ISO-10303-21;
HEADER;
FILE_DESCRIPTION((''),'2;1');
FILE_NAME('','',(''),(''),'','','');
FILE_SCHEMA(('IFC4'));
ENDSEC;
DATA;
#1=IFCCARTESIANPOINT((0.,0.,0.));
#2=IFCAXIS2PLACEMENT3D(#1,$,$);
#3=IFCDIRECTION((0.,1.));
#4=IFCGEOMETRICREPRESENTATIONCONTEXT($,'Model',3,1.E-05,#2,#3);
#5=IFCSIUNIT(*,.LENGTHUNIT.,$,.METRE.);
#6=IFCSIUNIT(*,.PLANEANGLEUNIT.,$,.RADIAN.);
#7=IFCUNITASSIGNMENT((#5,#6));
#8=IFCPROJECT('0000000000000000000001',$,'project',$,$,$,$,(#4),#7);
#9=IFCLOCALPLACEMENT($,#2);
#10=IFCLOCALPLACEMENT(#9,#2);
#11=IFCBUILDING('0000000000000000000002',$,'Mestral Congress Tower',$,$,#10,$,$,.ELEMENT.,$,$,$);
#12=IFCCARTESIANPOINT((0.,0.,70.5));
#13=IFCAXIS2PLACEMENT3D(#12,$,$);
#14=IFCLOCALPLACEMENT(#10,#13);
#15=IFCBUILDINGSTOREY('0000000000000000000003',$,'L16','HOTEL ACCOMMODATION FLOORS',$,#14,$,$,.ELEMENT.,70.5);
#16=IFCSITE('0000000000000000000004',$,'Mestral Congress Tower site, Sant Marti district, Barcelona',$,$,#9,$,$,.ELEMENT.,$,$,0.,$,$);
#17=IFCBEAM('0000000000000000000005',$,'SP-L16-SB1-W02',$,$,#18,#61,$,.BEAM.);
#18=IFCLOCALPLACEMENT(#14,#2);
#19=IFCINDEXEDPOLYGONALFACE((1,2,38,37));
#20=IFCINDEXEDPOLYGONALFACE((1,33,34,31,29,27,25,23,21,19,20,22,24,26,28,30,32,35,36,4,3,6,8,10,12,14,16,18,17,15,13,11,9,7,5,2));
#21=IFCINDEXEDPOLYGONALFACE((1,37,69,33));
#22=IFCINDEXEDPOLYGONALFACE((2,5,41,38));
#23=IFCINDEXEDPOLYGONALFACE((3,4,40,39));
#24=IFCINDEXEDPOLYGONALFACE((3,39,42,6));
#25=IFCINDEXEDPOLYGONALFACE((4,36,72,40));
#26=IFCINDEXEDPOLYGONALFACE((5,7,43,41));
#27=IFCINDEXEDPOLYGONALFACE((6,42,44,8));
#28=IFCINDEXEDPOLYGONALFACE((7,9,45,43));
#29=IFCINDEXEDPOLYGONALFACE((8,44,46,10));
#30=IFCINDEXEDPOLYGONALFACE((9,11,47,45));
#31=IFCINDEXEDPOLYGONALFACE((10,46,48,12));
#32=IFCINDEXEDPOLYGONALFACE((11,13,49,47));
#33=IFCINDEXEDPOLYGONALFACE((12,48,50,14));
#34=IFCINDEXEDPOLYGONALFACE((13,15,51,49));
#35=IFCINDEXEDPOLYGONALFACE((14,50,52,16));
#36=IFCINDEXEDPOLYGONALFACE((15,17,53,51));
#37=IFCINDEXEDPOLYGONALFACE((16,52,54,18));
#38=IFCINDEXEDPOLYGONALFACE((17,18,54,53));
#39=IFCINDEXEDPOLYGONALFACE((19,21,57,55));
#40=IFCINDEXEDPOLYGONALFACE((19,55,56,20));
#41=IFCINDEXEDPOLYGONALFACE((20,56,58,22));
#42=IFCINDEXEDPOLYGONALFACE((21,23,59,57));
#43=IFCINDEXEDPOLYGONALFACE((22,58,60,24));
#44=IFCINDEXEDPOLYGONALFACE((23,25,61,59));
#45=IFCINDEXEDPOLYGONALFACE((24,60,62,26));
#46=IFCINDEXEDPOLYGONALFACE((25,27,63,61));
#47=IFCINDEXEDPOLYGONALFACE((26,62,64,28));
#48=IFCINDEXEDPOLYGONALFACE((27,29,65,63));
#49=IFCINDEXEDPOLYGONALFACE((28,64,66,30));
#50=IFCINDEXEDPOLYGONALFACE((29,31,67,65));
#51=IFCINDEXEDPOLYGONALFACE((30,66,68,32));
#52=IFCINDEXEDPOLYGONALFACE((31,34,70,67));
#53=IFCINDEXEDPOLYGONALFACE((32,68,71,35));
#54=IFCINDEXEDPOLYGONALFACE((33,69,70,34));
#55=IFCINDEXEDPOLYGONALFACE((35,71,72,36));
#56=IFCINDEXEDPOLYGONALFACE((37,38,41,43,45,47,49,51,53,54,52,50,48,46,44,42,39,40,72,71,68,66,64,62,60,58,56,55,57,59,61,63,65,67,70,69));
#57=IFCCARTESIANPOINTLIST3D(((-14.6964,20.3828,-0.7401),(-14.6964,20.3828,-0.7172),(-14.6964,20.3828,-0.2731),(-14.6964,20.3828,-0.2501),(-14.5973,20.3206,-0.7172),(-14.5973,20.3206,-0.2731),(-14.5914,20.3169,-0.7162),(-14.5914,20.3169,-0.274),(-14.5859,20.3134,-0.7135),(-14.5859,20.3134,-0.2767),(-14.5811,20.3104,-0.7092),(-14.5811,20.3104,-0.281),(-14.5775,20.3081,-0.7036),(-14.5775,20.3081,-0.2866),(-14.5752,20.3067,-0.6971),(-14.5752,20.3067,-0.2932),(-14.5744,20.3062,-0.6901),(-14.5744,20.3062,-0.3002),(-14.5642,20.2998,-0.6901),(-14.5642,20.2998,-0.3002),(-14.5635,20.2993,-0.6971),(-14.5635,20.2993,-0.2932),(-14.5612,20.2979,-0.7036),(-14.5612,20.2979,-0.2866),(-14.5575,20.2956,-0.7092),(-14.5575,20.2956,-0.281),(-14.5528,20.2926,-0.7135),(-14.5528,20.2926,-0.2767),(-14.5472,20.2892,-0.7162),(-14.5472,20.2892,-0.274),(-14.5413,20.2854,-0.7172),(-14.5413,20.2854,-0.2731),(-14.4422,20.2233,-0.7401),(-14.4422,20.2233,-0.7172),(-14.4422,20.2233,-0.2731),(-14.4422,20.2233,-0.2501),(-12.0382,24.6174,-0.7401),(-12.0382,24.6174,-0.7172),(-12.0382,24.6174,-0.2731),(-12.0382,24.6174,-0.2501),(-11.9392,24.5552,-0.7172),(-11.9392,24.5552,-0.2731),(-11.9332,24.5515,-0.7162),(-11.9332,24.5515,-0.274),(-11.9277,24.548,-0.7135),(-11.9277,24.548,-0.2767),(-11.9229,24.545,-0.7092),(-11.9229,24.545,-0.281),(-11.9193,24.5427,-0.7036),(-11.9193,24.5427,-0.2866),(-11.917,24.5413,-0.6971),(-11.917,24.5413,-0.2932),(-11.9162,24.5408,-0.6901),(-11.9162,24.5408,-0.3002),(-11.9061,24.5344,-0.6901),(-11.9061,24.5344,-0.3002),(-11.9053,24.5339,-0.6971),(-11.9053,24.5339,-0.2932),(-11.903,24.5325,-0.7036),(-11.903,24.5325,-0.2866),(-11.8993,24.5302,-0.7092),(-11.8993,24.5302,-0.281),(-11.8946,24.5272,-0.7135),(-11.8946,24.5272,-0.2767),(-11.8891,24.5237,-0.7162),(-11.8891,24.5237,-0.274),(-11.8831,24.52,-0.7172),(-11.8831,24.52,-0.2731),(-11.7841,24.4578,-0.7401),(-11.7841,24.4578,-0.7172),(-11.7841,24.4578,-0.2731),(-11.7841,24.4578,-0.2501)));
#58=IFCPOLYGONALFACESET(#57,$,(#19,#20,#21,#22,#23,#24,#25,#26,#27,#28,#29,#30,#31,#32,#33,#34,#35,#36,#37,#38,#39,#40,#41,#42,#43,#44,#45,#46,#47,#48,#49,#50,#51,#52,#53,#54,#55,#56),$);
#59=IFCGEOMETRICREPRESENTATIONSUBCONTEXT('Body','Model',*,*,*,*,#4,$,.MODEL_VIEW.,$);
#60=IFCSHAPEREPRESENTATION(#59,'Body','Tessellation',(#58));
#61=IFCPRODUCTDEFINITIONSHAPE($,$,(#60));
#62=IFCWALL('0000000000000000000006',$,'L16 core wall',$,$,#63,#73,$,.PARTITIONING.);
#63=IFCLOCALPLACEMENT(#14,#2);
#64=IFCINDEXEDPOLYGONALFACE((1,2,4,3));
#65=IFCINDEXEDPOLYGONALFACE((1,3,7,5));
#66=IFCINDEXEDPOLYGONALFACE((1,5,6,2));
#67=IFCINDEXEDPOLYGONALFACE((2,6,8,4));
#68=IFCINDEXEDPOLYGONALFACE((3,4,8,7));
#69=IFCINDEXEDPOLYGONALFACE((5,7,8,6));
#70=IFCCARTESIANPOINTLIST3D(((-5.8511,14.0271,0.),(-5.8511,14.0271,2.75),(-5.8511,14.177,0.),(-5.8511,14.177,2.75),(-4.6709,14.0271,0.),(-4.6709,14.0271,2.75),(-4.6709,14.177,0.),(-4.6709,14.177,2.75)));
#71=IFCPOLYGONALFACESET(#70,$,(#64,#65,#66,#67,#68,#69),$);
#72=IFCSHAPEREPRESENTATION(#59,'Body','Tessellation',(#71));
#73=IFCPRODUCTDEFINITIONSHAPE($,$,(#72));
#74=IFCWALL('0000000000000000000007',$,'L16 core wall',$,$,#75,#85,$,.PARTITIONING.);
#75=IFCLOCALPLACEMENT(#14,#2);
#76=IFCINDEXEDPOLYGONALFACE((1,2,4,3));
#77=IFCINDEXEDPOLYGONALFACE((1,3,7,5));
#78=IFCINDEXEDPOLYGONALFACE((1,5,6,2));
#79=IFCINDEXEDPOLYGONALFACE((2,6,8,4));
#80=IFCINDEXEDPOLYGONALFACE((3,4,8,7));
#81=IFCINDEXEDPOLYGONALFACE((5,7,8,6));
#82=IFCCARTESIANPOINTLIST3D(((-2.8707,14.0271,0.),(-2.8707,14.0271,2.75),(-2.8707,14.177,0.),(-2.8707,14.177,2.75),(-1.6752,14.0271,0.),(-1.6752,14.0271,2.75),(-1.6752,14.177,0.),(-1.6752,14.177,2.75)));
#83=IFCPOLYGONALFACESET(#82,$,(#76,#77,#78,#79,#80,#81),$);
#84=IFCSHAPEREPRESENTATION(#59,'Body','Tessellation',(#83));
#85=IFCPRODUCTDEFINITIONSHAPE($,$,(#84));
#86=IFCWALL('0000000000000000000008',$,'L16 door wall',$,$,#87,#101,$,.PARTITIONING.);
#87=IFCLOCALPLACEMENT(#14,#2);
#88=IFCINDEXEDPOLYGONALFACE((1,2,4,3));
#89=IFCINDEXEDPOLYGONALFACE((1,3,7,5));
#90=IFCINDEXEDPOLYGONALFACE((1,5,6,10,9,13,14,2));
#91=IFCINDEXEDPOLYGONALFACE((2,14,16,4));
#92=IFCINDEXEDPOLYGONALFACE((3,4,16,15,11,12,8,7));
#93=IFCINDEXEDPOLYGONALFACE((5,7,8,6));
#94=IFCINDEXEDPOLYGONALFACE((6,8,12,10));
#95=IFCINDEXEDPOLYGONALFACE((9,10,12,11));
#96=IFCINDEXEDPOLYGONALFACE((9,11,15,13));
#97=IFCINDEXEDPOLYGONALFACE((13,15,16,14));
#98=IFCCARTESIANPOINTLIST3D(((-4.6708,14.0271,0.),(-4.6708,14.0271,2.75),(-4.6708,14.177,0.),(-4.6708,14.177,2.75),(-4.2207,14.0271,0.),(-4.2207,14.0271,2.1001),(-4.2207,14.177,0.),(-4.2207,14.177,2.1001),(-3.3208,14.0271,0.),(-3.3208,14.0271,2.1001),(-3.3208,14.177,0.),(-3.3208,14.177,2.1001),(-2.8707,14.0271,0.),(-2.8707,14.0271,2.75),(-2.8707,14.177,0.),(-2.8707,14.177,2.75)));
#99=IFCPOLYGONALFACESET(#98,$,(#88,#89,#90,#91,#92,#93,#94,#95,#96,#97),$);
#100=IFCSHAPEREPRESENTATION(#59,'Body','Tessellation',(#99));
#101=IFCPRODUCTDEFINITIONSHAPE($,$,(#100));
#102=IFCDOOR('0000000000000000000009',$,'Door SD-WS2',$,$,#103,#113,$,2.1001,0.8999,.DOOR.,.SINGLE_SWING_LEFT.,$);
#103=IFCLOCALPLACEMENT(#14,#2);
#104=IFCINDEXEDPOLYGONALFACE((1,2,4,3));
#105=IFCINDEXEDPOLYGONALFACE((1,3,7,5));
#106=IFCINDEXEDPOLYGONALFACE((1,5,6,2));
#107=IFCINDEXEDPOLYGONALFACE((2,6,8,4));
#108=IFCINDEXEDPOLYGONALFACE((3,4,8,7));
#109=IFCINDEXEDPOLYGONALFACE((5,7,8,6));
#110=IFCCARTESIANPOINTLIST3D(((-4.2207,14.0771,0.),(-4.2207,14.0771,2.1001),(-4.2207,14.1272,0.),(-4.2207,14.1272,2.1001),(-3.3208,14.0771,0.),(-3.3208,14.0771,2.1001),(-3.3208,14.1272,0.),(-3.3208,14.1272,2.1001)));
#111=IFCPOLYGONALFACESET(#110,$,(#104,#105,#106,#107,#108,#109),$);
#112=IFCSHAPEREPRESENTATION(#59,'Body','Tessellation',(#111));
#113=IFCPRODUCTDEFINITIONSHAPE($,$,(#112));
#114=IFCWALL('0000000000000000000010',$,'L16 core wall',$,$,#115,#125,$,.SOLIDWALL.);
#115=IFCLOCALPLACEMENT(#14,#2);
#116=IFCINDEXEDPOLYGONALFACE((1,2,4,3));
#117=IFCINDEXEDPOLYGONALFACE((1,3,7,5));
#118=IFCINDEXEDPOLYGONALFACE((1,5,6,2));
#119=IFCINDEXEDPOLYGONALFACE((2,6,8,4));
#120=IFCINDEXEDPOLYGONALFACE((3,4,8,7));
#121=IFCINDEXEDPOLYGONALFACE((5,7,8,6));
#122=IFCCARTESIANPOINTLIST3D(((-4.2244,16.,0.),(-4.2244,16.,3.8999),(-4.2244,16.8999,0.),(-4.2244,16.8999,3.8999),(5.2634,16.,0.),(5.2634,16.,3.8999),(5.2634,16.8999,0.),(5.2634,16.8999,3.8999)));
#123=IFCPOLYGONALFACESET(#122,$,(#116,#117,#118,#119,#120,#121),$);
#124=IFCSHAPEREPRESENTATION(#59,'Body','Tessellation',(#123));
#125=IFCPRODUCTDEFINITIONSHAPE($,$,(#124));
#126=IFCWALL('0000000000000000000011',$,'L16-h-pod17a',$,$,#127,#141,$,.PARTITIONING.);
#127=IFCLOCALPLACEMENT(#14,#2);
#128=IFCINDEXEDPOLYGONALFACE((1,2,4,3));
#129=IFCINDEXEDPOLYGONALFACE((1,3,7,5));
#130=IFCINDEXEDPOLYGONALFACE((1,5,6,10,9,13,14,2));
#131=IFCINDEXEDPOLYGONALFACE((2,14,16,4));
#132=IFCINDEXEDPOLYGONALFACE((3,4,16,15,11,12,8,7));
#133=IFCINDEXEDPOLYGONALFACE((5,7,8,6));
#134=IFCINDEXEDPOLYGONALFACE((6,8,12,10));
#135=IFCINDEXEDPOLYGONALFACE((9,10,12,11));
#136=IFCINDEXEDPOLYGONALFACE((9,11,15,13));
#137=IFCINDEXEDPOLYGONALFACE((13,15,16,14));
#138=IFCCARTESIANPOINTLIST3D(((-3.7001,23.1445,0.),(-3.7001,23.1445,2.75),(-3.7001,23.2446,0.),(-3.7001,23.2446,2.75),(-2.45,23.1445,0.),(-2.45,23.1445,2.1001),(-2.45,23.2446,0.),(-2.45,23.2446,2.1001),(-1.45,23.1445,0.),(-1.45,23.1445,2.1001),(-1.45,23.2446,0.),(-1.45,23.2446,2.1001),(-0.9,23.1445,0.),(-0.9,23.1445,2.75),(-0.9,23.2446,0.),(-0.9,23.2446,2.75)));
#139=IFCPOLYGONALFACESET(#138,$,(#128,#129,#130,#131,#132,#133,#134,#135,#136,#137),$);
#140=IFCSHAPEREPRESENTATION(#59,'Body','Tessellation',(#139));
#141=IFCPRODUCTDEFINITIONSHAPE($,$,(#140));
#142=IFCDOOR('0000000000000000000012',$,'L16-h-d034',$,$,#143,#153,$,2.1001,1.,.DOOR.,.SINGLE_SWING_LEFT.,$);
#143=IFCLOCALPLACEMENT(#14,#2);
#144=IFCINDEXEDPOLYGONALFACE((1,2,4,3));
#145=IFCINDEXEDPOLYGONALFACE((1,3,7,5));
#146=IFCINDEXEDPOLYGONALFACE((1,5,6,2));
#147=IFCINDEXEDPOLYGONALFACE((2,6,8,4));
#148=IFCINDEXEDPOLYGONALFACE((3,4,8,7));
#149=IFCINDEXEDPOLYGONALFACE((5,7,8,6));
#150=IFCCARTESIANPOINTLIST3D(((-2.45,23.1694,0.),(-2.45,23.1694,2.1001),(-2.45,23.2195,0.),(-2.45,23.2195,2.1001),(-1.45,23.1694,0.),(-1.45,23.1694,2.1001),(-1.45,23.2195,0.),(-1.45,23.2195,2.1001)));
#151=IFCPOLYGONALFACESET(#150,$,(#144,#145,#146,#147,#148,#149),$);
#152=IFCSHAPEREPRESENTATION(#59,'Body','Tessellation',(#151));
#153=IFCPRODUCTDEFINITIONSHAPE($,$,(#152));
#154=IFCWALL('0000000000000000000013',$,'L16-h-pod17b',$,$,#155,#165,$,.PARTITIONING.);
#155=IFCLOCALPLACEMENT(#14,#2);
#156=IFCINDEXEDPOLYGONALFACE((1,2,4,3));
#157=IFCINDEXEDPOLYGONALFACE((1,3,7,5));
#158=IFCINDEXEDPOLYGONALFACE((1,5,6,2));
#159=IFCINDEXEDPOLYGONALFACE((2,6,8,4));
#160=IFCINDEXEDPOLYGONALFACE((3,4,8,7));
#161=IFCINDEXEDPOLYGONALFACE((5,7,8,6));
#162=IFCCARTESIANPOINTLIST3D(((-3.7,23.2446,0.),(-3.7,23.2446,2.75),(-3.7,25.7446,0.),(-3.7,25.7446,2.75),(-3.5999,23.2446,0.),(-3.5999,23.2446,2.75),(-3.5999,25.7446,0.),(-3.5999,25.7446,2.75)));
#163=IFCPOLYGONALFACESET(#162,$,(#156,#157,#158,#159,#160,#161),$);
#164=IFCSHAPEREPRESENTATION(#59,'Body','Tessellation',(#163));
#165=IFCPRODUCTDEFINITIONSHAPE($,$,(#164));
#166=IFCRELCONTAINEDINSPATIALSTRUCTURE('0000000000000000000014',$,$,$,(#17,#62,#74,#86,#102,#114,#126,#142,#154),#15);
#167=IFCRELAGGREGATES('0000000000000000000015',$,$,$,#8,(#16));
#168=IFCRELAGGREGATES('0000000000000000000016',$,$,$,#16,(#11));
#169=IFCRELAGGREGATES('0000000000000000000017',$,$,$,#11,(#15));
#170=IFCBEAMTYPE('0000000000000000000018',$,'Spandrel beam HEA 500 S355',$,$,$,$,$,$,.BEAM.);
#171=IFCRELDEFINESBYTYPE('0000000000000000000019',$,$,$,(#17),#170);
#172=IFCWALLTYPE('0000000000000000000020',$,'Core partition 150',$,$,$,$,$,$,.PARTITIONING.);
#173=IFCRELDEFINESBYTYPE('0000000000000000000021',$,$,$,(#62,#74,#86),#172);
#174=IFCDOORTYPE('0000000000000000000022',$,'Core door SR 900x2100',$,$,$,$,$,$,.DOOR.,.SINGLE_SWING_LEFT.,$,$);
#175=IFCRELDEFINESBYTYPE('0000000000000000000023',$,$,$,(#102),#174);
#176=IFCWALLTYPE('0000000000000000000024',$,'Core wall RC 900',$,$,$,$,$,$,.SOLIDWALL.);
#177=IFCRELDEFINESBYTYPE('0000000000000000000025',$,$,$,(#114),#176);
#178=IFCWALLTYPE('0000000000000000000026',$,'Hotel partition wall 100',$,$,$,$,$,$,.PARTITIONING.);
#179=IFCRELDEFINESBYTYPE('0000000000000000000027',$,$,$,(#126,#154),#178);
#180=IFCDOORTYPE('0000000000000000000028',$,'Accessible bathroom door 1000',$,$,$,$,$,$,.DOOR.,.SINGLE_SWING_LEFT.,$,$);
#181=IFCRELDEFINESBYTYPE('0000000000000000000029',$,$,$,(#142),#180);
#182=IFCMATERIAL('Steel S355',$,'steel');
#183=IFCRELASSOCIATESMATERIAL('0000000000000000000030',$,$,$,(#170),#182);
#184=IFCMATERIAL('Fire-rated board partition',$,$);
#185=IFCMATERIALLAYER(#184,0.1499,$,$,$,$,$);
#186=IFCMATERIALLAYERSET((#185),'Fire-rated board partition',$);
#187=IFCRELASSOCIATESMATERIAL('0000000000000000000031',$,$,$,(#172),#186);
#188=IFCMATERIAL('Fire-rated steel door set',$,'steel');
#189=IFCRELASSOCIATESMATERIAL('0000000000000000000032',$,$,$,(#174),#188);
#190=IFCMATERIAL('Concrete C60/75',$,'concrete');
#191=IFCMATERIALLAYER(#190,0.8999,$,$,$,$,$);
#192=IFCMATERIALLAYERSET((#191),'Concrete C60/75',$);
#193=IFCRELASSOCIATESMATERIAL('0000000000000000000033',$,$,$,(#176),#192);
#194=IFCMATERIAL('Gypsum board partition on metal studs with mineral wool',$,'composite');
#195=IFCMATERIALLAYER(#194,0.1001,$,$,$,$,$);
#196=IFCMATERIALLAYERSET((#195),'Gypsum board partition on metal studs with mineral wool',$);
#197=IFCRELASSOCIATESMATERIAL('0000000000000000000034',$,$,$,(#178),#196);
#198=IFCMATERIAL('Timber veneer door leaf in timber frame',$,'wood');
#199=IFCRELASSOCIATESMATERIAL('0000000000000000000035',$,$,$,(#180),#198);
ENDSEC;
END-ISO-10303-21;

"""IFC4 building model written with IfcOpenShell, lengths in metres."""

from ifc_helpers import new_model, si_unit, direction, frame, frame_2d, origin, origin_2d, place, context, subcontext, project, spatial, rectangle, i_section, extrude, material, layer, layer_set, material_profile, profile_set, type_object, element, fill, save


model = new_model("IFC4")

# Units and contexts
model_context = context("Model", 3, precision=1e-05, world=origin(), true_north=direction((0.0, 1.0)))
body_context = subcontext(model_context, "Body", "Model", "MODEL_VIEW")
ifc_project = project(units=[si_unit("LENGTHUNIT", "METRE"), si_unit("PLANEANGLEUNIT", "RADIAN")], contexts=[model_context])

# Site, building, storey
site_placement = place(None, origin())
site = spatial("IfcSite", under=ifc_project, at=site_placement, Name="Mestral Congress Tower site, Sant Marti district, Barcelona", CompositionType="ELEMENT", RefElevation=0.0)
building_placement = place(site_placement, origin())
building = spatial("IfcBuilding", under=site, at=building_placement, Name="Mestral Congress Tower", CompositionType="ELEMENT")
storey_placement = place(building_placement, frame((0.0, 0.0, 70.5)))
storey = spatial("IfcBuildingStorey", under=building, at=storey_placement, Name="L16", Description="HOTEL ACCOMMODATION FLOORS", CompositionType="ELEMENT", Elevation=70.5)

# Beam
ifc_material_1 = material(Name="Steel S355", Category="steel")
ifc_material_profile = material_profile(ifc_material_1, i_section(OverallWidth=0.3, OverallDepth=0.49, WebThickness=0.012, FlangeThickness=0.0229, FilletRadius=0.0271, at=origin_2d()), Name="HEA 500")
ifc_profile_set = profile_set([ifc_material_profile], Name="Steel S355")
beam_type = type_object("IfcBeamType", Name="Spandrel beam HEA 500 S355", PredefinedType="BEAM", material=ifc_profile_set)
beam_placement = place(storey_placement, frame((-11.9111, 24.5376, -0.4951), z_axis=(-0.531661, -0.846957, 0.0), x_axis=(0.846957, -0.531661, 0.0)))
element("IfcBeam", 1, at=beam_placement, inside=storey, type_object=beam_type, Name="SP-L16-SB1-W02", PredefinedType="BEAM", context=body_context, shape_type="SweptSolid", body=[
    extrude(i_section(OverallWidth=0.3, OverallDepth=0.49, WebThickness=0.012, FlangeThickness=0.0229, FilletRadius=0.0271, at=origin_2d()), origin(), (0.0, 0.0, 1.0), 4.9998),
])

# Walls
ifc_material_2 = material(Name="Fire-rated board partition")
ifc_layer_1 = layer(ifc_material_2, 0.1499)
ifc_layer_set_1 = layer_set([ifc_layer_1], Name="Fire-rated board partition")
wall_type_1 = type_object("IfcWallType", Name="Core partition 150", PredefinedType="PARTITIONING", material=ifc_layer_set_1)
wall_1_placement = place(storey_placement, frame((-5.8511, 14.1021, 0.0), z_axis=(0.0, 0.0, 1.0), x_axis=(1.0, 0.0, 0.0)))
element("IfcWall", 2, at=wall_1_placement, inside=storey, type_object=wall_type_1, Name="L16 core wall", PredefinedType="PARTITIONING", context=body_context, shape_type="SweptSolid", body=[
    extrude(rectangle(XDim=1.1802, YDim=0.1499, at=frame_2d((0.5901, 0.0))), origin(), (0.0, 0.0, 1.0), 2.75),
])
wall_2_placement = place(storey_placement, frame((-2.8706, 14.1021, 0.0), z_axis=(0.0, 0.0, 1.0), x_axis=(1.0, 0.0, 0.0)))
element("IfcWall", 3, at=wall_2_placement, inside=storey, type_object=wall_type_1, Name="L16 core wall", PredefinedType="PARTITIONING", context=body_context, shape_type="SweptSolid", body=[
    extrude(rectangle(XDim=1.1956, YDim=0.1499, at=frame_2d((0.5977, 0.0))), origin(), (0.0, 0.0, 1.0), 2.75),
])

# Wall, opening, door
wall_3_placement = place(storey_placement, frame((-2.8708, 14.1021, 0.0), z_axis=(0.0, 0.0, 1.0), x_axis=(-1.0, 0.0, 0.0)))
wall_3 = element("IfcWall", 4, at=wall_3_placement, inside=storey, type_object=wall_type_1, Name="L16 door wall", PredefinedType="PARTITIONING", context=body_context, shape_type="SweptSolid", body=[
    extrude(rectangle(XDim=1.8, YDim=0.1499, at=frame_2d((0.8999, 0.0))), origin(), (0.0, 0.0, 1.0), 2.75),
])
opening_1_placement = place(wall_3_placement, frame((0.45, 0.0, 0.0)))
opening_1 = element("IfcOpeningElement", 5, at=opening_1_placement, cuts=wall_3, PredefinedType="OPENING", context=body_context, shape_type="SweptSolid", body=[
    extrude(rectangle(XDim=0.8999, YDim=2.1001, at=frame_2d((0.45, 1.05))), frame((0.0, 0.085, 0.0), z_axis=(0.0, -1.0, 0.0), x_axis=(1.0, 0.0, 0.0)), (0.0, 0.0, 1.0), 0.1699),
])
ifc_material_3 = material(Name="Fire-rated steel door set", Category="steel")
door_type_1 = type_object("IfcDoorType", Name="Core door SR 900x2100", OperationType="SINGLE_SWING_LEFT", PredefinedType="DOOR", material=ifc_material_3)
door_1_placement = place(opening_1_placement, origin())
door_1 = element("IfcDoor", 6, at=door_1_placement, inside=storey, type_object=door_type_1, Name="Door SD-WS2", OperationType="SINGLE_SWING_LEFT", OverallHeight=2.1001, OverallWidth=0.8999, PredefinedType="DOOR", context=body_context, shape_type="SweptSolid", body=[
    extrude(rectangle(XDim=0.8999, YDim=2.1001, at=frame_2d((0.45, 1.05))), frame((0.0, 0.0249, 0.0), z_axis=(0.0, -1.0, 0.0), x_axis=(1.0, 0.0, 0.0)), (0.0, 0.0, 1.0), 0.05),
])
fill(opening_1, door_1)

# Wall
ifc_material_4 = material(Name="Concrete C60/75", Category="concrete")
ifc_layer_2 = layer(ifc_material_4, 0.8999)
ifc_layer_set_2 = layer_set([ifc_layer_2], Name="Concrete C60/75")
wall_type_2 = type_object("IfcWallType", Name="Core wall RC 900", PredefinedType="SOLIDWALL", material=ifc_layer_set_2)
wall_4_placement = place(storey_placement, frame((-4.2244, 16.45, 0.0), z_axis=(0.0, 0.0, 1.0), x_axis=(1.0, 0.0, 0.0)))
element("IfcWall", 7, at=wall_4_placement, inside=storey, type_object=wall_type_2, Name="L16 core wall", PredefinedType="SOLIDWALL", context=body_context, shape_type="SweptSolid", body=[
    extrude(rectangle(XDim=9.4878, YDim=0.8999, at=frame_2d((4.7439, 0.0))), origin(), (0.0, 0.0, 1.0), 3.8999),
])

# Wall, opening, door
ifc_material_5 = material(Name="Gypsum board partition on metal studs with mineral wool", Category="composite")
ifc_layer_3 = layer(ifc_material_5, 0.1001)
ifc_layer_set_3 = layer_set([ifc_layer_3], Name="Gypsum board partition on metal studs with mineral wool")
wall_type_3 = type_object("IfcWallType", Name="Hotel partition wall 100", PredefinedType="PARTITIONING", material=ifc_layer_set_3)
wall_5_placement = place(storey_placement, frame((-3.7, 23.1946, 0.0), z_axis=(0.0, 0.0, 1.0), x_axis=(1.0, 0.0, 0.0)))
wall_5 = element("IfcWall", 8, at=wall_5_placement, inside=storey, type_object=wall_type_3, Name="L16-h-pod17a", PredefinedType="PARTITIONING", context=body_context, shape_type="SweptSolid", body=[
    extrude(rectangle(XDim=2.8, YDim=0.1001, at=frame_2d((1.3999, 0.0))), origin(), (0.0, 0.0, 1.0), 2.75),
])
opening_2_placement = place(wall_5_placement, frame((1.25, 0.0, 0.0)))
opening_2 = element("IfcOpeningElement", 9, at=opening_2_placement, cuts=wall_5, PredefinedType="OPENING", context=body_context, shape_type="SweptSolid", body=[
    extrude(rectangle(XDim=1.0, YDim=2.1001, at=frame_2d((0.5, 1.05))), frame((0.0, 0.0601, 0.0), z_axis=(0.0, -1.0, 0.0), x_axis=(1.0, 0.0, 0.0)), (0.0, 0.0, 1.0), 0.1201),
])
ifc_material_6 = material(Name="Timber veneer door leaf in timber frame", Category="wood")
door_type_2 = type_object("IfcDoorType", Name="Accessible bathroom door 1000", OperationType="SINGLE_SWING_LEFT", PredefinedType="DOOR", material=ifc_material_6)
door_2_placement = place(opening_2_placement, origin())
door_2 = element("IfcDoor", 10, at=door_2_placement, inside=storey, type_object=door_type_2, Name="L16-h-d034", OperationType="SINGLE_SWING_LEFT", OverallHeight=2.1001, OverallWidth=1.0, PredefinedType="DOOR", context=body_context, shape_type="SweptSolid", body=[
    extrude(rectangle(XDim=1.0, YDim=2.1001, at=frame_2d((0.5, 1.05))), frame((0.0, 0.0249, 0.0), z_axis=(0.0, -1.0, 0.0), x_axis=(1.0, 0.0, 0.0)), (0.0, 0.0, 1.0), 0.05),
])
fill(opening_2, door_2)

# Wall
wall_6_placement = place(storey_placement, frame((-3.6499, 23.2446, 0.0), z_axis=(0.0, 0.0, 1.0), x_axis=(0.0, 1.0, 0.0)))
element("IfcWall", 11, at=wall_6_placement, inside=storey, type_object=wall_type_3, Name="L16-h-pod17b", PredefinedType="PARTITIONING", context=body_context, shape_type="SweptSolid", body=[
    extrude(rectangle(XDim=2.5, YDim=0.1001, at=frame_2d((1.25, 0.0))), origin(), (0.0, 0.0, 1.0), 2.75),
])

save(model, "model.ifc")
